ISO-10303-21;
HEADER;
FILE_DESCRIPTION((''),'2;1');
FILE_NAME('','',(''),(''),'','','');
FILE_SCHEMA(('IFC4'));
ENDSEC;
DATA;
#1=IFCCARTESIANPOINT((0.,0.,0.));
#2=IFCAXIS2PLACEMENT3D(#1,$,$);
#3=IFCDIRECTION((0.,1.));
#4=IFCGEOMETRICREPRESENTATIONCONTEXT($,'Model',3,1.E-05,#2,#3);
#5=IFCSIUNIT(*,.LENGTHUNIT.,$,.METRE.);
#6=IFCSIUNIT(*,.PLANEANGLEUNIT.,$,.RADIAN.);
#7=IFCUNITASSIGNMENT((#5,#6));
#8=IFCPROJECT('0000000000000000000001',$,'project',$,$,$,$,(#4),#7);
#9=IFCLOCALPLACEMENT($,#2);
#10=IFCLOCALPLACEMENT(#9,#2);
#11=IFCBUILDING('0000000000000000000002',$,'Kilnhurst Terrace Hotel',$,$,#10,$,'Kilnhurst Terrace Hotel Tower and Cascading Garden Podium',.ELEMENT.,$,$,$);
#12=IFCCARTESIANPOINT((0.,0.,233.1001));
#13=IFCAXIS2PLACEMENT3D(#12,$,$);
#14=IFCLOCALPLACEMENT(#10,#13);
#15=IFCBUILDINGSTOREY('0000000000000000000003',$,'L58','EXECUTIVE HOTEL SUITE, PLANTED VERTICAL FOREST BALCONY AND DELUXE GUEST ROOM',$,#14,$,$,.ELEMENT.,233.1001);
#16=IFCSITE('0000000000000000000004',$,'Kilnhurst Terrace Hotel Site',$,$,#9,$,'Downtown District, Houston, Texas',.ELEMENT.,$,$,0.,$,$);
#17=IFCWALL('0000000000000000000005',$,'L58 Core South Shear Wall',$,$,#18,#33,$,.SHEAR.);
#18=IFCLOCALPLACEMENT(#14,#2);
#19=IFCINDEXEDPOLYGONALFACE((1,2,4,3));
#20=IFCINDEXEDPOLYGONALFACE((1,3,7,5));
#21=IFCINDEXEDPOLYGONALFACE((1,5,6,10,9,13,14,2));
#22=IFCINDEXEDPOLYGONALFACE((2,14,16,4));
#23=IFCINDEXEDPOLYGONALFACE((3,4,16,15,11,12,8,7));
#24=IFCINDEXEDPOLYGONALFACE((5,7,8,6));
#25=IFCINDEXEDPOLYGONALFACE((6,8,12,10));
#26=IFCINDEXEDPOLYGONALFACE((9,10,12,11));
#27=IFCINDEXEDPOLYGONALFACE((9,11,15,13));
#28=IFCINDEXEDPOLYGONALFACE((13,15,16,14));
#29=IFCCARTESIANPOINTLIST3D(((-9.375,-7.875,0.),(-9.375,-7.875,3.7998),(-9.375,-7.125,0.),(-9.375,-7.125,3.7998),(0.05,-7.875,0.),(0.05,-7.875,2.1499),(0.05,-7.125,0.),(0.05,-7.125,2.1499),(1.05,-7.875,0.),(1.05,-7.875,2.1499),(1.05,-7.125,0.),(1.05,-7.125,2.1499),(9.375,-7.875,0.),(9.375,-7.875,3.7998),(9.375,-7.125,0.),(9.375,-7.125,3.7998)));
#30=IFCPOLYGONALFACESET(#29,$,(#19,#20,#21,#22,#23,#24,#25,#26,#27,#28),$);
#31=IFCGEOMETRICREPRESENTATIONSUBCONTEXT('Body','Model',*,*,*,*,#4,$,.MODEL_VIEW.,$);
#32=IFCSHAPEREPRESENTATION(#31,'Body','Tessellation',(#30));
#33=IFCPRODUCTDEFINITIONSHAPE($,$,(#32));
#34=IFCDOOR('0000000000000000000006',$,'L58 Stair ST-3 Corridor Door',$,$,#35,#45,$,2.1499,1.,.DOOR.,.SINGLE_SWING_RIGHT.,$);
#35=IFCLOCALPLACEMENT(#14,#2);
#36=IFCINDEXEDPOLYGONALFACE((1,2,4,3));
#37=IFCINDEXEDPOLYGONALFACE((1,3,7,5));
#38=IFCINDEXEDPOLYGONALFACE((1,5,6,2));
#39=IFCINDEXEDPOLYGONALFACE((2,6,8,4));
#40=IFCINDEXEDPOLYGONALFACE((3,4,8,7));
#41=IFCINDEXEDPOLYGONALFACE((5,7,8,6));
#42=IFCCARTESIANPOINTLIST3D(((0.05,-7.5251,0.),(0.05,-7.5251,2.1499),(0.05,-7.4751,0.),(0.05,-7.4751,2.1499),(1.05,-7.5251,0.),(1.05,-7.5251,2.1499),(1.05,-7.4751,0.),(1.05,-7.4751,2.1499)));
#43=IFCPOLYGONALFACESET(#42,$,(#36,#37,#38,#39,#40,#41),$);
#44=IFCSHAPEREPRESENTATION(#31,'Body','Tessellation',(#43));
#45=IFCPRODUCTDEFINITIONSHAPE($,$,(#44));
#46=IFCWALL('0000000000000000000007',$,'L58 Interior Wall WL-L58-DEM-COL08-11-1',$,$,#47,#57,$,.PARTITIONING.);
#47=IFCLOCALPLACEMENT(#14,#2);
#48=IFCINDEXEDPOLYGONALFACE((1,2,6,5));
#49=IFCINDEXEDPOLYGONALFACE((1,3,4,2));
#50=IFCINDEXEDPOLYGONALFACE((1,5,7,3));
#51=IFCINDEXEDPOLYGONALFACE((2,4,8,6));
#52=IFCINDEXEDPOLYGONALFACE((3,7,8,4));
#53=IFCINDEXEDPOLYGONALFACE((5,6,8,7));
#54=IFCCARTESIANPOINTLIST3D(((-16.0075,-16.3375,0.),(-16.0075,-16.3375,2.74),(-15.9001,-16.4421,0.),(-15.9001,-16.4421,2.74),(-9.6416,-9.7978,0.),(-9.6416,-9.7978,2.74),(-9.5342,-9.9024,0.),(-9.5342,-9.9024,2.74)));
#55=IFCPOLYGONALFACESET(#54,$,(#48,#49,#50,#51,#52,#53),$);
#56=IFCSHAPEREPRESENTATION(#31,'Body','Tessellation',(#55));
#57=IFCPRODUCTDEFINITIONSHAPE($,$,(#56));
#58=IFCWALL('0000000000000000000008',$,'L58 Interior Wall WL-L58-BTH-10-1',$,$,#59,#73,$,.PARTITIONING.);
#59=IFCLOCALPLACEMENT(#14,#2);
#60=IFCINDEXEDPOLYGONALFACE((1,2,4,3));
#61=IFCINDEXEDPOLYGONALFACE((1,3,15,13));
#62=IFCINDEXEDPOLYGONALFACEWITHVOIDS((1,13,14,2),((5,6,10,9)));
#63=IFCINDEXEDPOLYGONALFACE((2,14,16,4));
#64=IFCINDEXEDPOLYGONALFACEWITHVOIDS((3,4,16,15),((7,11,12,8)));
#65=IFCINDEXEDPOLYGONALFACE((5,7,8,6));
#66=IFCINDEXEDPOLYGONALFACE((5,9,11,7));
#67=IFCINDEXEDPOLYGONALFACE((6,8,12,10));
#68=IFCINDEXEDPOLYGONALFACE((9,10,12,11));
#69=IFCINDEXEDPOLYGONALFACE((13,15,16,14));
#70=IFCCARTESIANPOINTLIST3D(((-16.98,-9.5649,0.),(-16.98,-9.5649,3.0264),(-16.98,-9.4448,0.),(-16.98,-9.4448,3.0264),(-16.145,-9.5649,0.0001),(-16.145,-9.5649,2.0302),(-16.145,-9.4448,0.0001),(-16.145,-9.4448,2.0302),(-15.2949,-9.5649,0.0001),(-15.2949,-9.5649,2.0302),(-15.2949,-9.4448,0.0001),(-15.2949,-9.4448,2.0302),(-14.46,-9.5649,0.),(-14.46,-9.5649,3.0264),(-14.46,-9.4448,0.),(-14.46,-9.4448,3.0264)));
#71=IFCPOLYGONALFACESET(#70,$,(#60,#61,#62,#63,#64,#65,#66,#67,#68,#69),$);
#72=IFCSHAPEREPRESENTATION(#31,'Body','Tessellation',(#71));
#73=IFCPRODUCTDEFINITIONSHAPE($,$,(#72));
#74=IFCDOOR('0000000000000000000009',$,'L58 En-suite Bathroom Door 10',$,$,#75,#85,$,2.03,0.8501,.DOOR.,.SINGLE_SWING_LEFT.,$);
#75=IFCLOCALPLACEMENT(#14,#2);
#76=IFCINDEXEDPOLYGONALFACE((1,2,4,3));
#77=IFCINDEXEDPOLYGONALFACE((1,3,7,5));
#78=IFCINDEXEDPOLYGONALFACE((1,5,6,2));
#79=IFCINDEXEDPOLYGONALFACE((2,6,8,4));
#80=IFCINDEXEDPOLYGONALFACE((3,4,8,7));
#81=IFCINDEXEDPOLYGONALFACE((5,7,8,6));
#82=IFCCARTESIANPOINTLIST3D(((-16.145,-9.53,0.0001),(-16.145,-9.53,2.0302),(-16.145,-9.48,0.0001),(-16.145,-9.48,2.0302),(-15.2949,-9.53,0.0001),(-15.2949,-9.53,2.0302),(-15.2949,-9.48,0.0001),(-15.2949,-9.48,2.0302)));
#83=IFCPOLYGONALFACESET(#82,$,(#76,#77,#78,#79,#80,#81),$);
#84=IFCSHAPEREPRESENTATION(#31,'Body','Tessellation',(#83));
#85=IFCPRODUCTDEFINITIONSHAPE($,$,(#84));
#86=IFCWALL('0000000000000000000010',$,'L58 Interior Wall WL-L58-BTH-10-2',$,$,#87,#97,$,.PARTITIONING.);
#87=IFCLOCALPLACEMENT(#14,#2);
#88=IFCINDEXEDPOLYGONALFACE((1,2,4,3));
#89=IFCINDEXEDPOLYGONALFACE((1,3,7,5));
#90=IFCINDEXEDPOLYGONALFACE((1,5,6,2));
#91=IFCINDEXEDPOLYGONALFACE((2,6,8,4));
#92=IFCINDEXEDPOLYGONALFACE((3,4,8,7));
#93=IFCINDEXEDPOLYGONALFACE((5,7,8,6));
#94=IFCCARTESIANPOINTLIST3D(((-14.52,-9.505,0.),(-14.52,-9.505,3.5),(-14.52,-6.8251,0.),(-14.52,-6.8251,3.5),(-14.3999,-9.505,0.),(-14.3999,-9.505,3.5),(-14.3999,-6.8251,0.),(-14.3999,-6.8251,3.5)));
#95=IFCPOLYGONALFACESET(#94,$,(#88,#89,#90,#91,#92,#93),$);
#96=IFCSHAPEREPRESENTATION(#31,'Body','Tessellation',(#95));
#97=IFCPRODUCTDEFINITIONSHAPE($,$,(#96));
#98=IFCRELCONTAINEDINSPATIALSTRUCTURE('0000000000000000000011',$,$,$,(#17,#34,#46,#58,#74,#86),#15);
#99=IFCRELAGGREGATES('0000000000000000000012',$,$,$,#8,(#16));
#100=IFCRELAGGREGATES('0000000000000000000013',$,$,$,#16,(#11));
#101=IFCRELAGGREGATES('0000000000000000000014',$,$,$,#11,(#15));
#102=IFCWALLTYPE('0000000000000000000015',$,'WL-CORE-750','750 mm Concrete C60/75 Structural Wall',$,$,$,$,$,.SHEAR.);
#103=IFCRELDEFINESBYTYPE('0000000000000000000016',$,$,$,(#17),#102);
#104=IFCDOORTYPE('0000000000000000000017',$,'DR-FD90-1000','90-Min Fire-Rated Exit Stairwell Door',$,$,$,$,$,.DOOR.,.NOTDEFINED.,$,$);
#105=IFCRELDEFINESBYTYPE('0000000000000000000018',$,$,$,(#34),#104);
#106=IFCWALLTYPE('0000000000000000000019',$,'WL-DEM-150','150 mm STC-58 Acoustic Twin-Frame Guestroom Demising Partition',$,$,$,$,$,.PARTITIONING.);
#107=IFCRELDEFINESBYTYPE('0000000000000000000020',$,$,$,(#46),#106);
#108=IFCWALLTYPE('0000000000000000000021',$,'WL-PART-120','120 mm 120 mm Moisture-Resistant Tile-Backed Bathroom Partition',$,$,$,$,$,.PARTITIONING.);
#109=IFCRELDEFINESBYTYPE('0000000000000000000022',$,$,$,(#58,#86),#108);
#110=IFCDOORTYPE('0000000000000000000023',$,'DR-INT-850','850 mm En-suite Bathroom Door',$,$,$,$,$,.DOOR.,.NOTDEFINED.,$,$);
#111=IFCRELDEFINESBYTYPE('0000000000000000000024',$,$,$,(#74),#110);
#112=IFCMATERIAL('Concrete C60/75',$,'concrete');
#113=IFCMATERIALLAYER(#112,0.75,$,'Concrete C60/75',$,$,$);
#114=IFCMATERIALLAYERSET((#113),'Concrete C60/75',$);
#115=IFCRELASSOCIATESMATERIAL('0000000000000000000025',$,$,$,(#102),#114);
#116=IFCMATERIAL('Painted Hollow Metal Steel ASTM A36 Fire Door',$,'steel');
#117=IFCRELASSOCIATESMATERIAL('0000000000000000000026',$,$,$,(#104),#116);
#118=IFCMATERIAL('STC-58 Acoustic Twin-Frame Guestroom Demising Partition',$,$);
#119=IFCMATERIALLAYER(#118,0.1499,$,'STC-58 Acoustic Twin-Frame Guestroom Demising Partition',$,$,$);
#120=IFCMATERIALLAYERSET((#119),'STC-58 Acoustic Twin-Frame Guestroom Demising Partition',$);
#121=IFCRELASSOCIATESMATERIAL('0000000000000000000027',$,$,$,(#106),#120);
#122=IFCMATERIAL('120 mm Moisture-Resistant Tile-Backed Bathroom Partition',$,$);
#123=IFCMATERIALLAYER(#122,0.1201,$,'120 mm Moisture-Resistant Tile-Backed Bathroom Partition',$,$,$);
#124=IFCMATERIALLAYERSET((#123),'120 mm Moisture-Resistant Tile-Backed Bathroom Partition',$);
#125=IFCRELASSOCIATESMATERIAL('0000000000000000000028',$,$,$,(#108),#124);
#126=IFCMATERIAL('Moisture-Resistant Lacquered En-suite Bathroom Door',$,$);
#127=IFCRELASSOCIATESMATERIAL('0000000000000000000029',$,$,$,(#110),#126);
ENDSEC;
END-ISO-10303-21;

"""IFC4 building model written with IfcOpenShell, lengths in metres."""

from ifc_helpers import new_model, si_unit, direction, frame, frame_2d, origin, place, context, subcontext, project, spatial, rectangle, extrude, material, layer, layer_set, type_object, element, fill, save


model = new_model("IFC4")

# Units and contexts
model_context = context("Model", 3, precision=1e-05, world=origin(), true_north=direction((0.0, 1.0)))
body_context = subcontext(model_context, "Body", "Model", "MODEL_VIEW")
ifc_project = project(units=[si_unit("LENGTHUNIT", "METRE"), si_unit("PLANEANGLEUNIT", "RADIAN")], contexts=[model_context])

# Site, building, storey
site_placement = place(None, origin())
site = spatial("IfcSite", under=ifc_project, at=site_placement, Name="Kilnhurst Terrace Hotel Site", LongName="Downtown District, Houston, Texas", CompositionType="ELEMENT", RefElevation=0.0)
building_placement = place(site_placement, origin())
building = spatial("IfcBuilding", under=site, at=building_placement, Name="Kilnhurst Terrace Hotel", LongName="Kilnhurst Terrace Hotel Tower and Cascading Garden Podium", CompositionType="ELEMENT")
storey_placement = place(building_placement, frame((0.0, 0.0, 233.1001)))
storey = spatial("IfcBuildingStorey", under=building, at=storey_placement, Name="L58", Description="EXECUTIVE HOTEL SUITE, PLANTED VERTICAL FOREST BALCONY AND DELUXE GUEST ROOM", CompositionType="ELEMENT", Elevation=233.1001)

# Shared definitions
ifc_material_1 = material(Name="Concrete C60/75", Category="concrete")

# Wall, opening, door
ifc_layer_1 = layer(ifc_material_1, 0.75, Name="Concrete C60/75")
ifc_layer_set_1 = layer_set([ifc_layer_1], Name="Concrete C60/75")
wall_type_1 = type_object("IfcWallType", Name="WL-CORE-750", Description="750 mm Concrete C60/75 Structural Wall", PredefinedType="SHEAR", material=ifc_layer_set_1)
wall_1_placement = place(storey_placement, frame((-9.375, -7.5, 0.0), z_axis=(0.0, 0.0, 1.0), x_axis=(1.0, 0.0, 0.0)))
wall_1 = element("IfcWall", 1, at=wall_1_placement, inside=storey, type_object=wall_type_1, Name="L58 Core South Shear Wall", PredefinedType="SHEAR", context=body_context, shape_type="SweptSolid", body=[
    extrude(rectangle(XDim=18.75, YDim=0.75, at=frame_2d((9.375, 0.0))), origin(), (0.0, 0.0, 1.0), 3.7998),
])
opening_1_placement = place(wall_1_placement, frame((9.425, 0.0, 0.0)))
opening_1 = element("IfcOpeningElement", 2, at=opening_1_placement, cuts=wall_1, PredefinedType="OPENING", context=body_context, shape_type="SweptSolid", body=[
    extrude(rectangle(XDim=1.0, YDim=2.1499, at=frame_2d((0.5, 1.075))), frame((0.0, 0.385, 0.0), z_axis=(0.0, -1.0, 0.0), x_axis=(1.0, 0.0, 0.0)), (0.0, 0.0, 1.0), 0.77),
])
ifc_material_2 = material(Name="Painted Hollow Metal Steel ASTM A36 Fire Door", Category="steel")
door_type_1 = type_object("IfcDoorType", Name="DR-FD90-1000", Description="90-Min Fire-Rated Exit Stairwell Door", OperationType="NOTDEFINED", PredefinedType="DOOR", material=ifc_material_2)
door_1_placement = place(opening_1_placement, origin())
door_1 = element("IfcDoor", 3, at=door_1_placement, inside=storey, type_object=door_type_1, Name="L58 Stair ST-3 Corridor Door", OperationType="SINGLE_SWING_RIGHT", OverallHeight=2.1499, OverallWidth=1.0, PredefinedType="DOOR", context=body_context, shape_type="SweptSolid", body=[
    extrude(rectangle(XDim=1.0, YDim=2.1499, at=frame_2d((0.5, 1.075))), frame((0.0, 0.0249, 0.0), z_axis=(0.0, -1.0, 0.0), x_axis=(1.0, 0.0, 0.0)), (0.0, 0.0, 1.0), 0.05),
])
fill(opening_1, door_1)

# Wall
ifc_material_3 = material(Name="STC-58 Acoustic Twin-Frame Guestroom Demising Partition")
ifc_layer_2 = layer(ifc_material_3, 0.1499, Name="STC-58 Acoustic Twin-Frame Guestroom Demising Partition")
ifc_layer_set_2 = layer_set([ifc_layer_2], Name="STC-58 Acoustic Twin-Frame Guestroom Demising Partition")
wall_type_2 = type_object("IfcWallType", Name="WL-DEM-150", Description="150 mm STC-58 Acoustic Twin-Frame Guestroom Demising Partition", PredefinedType="PARTITIONING", material=ifc_layer_set_2)
wall_2_placement = place(storey_placement, frame((-9.5879, -9.8501, 0.0), z_axis=(0.0, 0.0, 1.0), x_axis=(-0.697519, -0.716566, 0.0)))
element("IfcWall", 4, at=wall_2_placement, inside=storey, type_object=wall_type_2, Name="L58 Interior Wall WL-L58-DEM-COL08-11-1", PredefinedType="PARTITIONING", context=body_context, shape_type="SweptSolid", body=[
    extrude(rectangle(XDim=9.1265, YDim=0.1499, at=frame_2d((4.5632, 0.0))), origin(), (0.0, 0.0, 1.0), 2.74),
])

# Wall, opening, door
ifc_material_4 = material(Name="120 mm Moisture-Resistant Tile-Backed Bathroom Partition")
ifc_layer_3 = layer(ifc_material_4, 0.1201, Name="120 mm Moisture-Resistant Tile-Backed Bathroom Partition")
ifc_layer_set_3 = layer_set([ifc_layer_3], Name="120 mm Moisture-Resistant Tile-Backed Bathroom Partition")
wall_type_3 = type_object("IfcWallType", Name="WL-PART-120", Description="120 mm 120 mm Moisture-Resistant Tile-Backed Bathroom Partition", PredefinedType="PARTITIONING", material=ifc_layer_set_3)
wall_3_placement = place(storey_placement, frame((-16.98, -9.5049, 0.0), z_axis=(0.0, 0.0, 1.0), x_axis=(1.0, 0.0, 0.0)))
wall_3 = element("IfcWall", 5, at=wall_3_placement, inside=storey, type_object=wall_type_3, Name="L58 Interior Wall WL-L58-BTH-10-1", PredefinedType="PARTITIONING", context=body_context, shape_type="SweptSolid", body=[
    extrude(rectangle(XDim=2.52, YDim=0.1201, at=frame_2d((1.26, 0.0))), origin(), (0.0, 0.0, 1.0), 3.0264),
])
opening_2_placement = place(wall_3_placement, frame((0.835, 0.0, 0.0)))
opening_2 = element("IfcOpeningElement", 6, at=opening_2_placement, cuts=wall_3, PredefinedType="OPENING", context=body_context, shape_type="SweptSolid", body=[
    extrude(rectangle(XDim=0.8501, YDim=2.03, at=frame_2d((0.425, 1.0151))), frame((0.0, 0.0701, 0.0), z_axis=(0.0, -1.0, 0.0), x_axis=(1.0, 0.0, 0.0)), (0.0, 0.0, 1.0), 0.1401),
])
ifc_material_5 = material(Name="Moisture-Resistant Lacquered En-suite Bathroom Door")
door_type_2 = type_object("IfcDoorType", Name="DR-INT-850", Description="850 mm En-suite Bathroom Door", OperationType="NOTDEFINED", PredefinedType="DOOR", material=ifc_material_5)
door_2_placement = place(opening_2_placement, origin())
door_2 = element("IfcDoor", 7, at=door_2_placement, inside=storey, type_object=door_type_2, Name="L58 En-suite Bathroom Door 10", OperationType="SINGLE_SWING_LEFT", OverallHeight=2.03, OverallWidth=0.8501, PredefinedType="DOOR", context=body_context, shape_type="SweptSolid", body=[
    extrude(rectangle(XDim=0.8501, YDim=2.03, at=frame_2d((0.425, 1.0151))), frame((0.0, 0.0249, 0.0), z_axis=(0.0, -1.0, 0.0), x_axis=(1.0, 0.0, 0.0)), (0.0, 0.0, 1.0), 0.05),
])
fill(opening_2, door_2)

# Wall
wall_4_placement = place(storey_placement, frame((-14.46, -9.5049, 0.0), z_axis=(0.0, 0.0, 1.0), x_axis=(0.0, 1.0, 0.0)))
element("IfcWall", 8, at=wall_4_placement, inside=storey, type_object=wall_type_3, Name="L58 Interior Wall WL-L58-BTH-10-2", PredefinedType="PARTITIONING", context=body_context, shape_type="SweptSolid", body=[
    extrude(rectangle(XDim=2.6799, YDim=0.1201, at=frame_2d((1.3398, 0.0))), origin(), (0.0, 0.0, 1.0), 3.5),
])

save(model, "model.ifc")
